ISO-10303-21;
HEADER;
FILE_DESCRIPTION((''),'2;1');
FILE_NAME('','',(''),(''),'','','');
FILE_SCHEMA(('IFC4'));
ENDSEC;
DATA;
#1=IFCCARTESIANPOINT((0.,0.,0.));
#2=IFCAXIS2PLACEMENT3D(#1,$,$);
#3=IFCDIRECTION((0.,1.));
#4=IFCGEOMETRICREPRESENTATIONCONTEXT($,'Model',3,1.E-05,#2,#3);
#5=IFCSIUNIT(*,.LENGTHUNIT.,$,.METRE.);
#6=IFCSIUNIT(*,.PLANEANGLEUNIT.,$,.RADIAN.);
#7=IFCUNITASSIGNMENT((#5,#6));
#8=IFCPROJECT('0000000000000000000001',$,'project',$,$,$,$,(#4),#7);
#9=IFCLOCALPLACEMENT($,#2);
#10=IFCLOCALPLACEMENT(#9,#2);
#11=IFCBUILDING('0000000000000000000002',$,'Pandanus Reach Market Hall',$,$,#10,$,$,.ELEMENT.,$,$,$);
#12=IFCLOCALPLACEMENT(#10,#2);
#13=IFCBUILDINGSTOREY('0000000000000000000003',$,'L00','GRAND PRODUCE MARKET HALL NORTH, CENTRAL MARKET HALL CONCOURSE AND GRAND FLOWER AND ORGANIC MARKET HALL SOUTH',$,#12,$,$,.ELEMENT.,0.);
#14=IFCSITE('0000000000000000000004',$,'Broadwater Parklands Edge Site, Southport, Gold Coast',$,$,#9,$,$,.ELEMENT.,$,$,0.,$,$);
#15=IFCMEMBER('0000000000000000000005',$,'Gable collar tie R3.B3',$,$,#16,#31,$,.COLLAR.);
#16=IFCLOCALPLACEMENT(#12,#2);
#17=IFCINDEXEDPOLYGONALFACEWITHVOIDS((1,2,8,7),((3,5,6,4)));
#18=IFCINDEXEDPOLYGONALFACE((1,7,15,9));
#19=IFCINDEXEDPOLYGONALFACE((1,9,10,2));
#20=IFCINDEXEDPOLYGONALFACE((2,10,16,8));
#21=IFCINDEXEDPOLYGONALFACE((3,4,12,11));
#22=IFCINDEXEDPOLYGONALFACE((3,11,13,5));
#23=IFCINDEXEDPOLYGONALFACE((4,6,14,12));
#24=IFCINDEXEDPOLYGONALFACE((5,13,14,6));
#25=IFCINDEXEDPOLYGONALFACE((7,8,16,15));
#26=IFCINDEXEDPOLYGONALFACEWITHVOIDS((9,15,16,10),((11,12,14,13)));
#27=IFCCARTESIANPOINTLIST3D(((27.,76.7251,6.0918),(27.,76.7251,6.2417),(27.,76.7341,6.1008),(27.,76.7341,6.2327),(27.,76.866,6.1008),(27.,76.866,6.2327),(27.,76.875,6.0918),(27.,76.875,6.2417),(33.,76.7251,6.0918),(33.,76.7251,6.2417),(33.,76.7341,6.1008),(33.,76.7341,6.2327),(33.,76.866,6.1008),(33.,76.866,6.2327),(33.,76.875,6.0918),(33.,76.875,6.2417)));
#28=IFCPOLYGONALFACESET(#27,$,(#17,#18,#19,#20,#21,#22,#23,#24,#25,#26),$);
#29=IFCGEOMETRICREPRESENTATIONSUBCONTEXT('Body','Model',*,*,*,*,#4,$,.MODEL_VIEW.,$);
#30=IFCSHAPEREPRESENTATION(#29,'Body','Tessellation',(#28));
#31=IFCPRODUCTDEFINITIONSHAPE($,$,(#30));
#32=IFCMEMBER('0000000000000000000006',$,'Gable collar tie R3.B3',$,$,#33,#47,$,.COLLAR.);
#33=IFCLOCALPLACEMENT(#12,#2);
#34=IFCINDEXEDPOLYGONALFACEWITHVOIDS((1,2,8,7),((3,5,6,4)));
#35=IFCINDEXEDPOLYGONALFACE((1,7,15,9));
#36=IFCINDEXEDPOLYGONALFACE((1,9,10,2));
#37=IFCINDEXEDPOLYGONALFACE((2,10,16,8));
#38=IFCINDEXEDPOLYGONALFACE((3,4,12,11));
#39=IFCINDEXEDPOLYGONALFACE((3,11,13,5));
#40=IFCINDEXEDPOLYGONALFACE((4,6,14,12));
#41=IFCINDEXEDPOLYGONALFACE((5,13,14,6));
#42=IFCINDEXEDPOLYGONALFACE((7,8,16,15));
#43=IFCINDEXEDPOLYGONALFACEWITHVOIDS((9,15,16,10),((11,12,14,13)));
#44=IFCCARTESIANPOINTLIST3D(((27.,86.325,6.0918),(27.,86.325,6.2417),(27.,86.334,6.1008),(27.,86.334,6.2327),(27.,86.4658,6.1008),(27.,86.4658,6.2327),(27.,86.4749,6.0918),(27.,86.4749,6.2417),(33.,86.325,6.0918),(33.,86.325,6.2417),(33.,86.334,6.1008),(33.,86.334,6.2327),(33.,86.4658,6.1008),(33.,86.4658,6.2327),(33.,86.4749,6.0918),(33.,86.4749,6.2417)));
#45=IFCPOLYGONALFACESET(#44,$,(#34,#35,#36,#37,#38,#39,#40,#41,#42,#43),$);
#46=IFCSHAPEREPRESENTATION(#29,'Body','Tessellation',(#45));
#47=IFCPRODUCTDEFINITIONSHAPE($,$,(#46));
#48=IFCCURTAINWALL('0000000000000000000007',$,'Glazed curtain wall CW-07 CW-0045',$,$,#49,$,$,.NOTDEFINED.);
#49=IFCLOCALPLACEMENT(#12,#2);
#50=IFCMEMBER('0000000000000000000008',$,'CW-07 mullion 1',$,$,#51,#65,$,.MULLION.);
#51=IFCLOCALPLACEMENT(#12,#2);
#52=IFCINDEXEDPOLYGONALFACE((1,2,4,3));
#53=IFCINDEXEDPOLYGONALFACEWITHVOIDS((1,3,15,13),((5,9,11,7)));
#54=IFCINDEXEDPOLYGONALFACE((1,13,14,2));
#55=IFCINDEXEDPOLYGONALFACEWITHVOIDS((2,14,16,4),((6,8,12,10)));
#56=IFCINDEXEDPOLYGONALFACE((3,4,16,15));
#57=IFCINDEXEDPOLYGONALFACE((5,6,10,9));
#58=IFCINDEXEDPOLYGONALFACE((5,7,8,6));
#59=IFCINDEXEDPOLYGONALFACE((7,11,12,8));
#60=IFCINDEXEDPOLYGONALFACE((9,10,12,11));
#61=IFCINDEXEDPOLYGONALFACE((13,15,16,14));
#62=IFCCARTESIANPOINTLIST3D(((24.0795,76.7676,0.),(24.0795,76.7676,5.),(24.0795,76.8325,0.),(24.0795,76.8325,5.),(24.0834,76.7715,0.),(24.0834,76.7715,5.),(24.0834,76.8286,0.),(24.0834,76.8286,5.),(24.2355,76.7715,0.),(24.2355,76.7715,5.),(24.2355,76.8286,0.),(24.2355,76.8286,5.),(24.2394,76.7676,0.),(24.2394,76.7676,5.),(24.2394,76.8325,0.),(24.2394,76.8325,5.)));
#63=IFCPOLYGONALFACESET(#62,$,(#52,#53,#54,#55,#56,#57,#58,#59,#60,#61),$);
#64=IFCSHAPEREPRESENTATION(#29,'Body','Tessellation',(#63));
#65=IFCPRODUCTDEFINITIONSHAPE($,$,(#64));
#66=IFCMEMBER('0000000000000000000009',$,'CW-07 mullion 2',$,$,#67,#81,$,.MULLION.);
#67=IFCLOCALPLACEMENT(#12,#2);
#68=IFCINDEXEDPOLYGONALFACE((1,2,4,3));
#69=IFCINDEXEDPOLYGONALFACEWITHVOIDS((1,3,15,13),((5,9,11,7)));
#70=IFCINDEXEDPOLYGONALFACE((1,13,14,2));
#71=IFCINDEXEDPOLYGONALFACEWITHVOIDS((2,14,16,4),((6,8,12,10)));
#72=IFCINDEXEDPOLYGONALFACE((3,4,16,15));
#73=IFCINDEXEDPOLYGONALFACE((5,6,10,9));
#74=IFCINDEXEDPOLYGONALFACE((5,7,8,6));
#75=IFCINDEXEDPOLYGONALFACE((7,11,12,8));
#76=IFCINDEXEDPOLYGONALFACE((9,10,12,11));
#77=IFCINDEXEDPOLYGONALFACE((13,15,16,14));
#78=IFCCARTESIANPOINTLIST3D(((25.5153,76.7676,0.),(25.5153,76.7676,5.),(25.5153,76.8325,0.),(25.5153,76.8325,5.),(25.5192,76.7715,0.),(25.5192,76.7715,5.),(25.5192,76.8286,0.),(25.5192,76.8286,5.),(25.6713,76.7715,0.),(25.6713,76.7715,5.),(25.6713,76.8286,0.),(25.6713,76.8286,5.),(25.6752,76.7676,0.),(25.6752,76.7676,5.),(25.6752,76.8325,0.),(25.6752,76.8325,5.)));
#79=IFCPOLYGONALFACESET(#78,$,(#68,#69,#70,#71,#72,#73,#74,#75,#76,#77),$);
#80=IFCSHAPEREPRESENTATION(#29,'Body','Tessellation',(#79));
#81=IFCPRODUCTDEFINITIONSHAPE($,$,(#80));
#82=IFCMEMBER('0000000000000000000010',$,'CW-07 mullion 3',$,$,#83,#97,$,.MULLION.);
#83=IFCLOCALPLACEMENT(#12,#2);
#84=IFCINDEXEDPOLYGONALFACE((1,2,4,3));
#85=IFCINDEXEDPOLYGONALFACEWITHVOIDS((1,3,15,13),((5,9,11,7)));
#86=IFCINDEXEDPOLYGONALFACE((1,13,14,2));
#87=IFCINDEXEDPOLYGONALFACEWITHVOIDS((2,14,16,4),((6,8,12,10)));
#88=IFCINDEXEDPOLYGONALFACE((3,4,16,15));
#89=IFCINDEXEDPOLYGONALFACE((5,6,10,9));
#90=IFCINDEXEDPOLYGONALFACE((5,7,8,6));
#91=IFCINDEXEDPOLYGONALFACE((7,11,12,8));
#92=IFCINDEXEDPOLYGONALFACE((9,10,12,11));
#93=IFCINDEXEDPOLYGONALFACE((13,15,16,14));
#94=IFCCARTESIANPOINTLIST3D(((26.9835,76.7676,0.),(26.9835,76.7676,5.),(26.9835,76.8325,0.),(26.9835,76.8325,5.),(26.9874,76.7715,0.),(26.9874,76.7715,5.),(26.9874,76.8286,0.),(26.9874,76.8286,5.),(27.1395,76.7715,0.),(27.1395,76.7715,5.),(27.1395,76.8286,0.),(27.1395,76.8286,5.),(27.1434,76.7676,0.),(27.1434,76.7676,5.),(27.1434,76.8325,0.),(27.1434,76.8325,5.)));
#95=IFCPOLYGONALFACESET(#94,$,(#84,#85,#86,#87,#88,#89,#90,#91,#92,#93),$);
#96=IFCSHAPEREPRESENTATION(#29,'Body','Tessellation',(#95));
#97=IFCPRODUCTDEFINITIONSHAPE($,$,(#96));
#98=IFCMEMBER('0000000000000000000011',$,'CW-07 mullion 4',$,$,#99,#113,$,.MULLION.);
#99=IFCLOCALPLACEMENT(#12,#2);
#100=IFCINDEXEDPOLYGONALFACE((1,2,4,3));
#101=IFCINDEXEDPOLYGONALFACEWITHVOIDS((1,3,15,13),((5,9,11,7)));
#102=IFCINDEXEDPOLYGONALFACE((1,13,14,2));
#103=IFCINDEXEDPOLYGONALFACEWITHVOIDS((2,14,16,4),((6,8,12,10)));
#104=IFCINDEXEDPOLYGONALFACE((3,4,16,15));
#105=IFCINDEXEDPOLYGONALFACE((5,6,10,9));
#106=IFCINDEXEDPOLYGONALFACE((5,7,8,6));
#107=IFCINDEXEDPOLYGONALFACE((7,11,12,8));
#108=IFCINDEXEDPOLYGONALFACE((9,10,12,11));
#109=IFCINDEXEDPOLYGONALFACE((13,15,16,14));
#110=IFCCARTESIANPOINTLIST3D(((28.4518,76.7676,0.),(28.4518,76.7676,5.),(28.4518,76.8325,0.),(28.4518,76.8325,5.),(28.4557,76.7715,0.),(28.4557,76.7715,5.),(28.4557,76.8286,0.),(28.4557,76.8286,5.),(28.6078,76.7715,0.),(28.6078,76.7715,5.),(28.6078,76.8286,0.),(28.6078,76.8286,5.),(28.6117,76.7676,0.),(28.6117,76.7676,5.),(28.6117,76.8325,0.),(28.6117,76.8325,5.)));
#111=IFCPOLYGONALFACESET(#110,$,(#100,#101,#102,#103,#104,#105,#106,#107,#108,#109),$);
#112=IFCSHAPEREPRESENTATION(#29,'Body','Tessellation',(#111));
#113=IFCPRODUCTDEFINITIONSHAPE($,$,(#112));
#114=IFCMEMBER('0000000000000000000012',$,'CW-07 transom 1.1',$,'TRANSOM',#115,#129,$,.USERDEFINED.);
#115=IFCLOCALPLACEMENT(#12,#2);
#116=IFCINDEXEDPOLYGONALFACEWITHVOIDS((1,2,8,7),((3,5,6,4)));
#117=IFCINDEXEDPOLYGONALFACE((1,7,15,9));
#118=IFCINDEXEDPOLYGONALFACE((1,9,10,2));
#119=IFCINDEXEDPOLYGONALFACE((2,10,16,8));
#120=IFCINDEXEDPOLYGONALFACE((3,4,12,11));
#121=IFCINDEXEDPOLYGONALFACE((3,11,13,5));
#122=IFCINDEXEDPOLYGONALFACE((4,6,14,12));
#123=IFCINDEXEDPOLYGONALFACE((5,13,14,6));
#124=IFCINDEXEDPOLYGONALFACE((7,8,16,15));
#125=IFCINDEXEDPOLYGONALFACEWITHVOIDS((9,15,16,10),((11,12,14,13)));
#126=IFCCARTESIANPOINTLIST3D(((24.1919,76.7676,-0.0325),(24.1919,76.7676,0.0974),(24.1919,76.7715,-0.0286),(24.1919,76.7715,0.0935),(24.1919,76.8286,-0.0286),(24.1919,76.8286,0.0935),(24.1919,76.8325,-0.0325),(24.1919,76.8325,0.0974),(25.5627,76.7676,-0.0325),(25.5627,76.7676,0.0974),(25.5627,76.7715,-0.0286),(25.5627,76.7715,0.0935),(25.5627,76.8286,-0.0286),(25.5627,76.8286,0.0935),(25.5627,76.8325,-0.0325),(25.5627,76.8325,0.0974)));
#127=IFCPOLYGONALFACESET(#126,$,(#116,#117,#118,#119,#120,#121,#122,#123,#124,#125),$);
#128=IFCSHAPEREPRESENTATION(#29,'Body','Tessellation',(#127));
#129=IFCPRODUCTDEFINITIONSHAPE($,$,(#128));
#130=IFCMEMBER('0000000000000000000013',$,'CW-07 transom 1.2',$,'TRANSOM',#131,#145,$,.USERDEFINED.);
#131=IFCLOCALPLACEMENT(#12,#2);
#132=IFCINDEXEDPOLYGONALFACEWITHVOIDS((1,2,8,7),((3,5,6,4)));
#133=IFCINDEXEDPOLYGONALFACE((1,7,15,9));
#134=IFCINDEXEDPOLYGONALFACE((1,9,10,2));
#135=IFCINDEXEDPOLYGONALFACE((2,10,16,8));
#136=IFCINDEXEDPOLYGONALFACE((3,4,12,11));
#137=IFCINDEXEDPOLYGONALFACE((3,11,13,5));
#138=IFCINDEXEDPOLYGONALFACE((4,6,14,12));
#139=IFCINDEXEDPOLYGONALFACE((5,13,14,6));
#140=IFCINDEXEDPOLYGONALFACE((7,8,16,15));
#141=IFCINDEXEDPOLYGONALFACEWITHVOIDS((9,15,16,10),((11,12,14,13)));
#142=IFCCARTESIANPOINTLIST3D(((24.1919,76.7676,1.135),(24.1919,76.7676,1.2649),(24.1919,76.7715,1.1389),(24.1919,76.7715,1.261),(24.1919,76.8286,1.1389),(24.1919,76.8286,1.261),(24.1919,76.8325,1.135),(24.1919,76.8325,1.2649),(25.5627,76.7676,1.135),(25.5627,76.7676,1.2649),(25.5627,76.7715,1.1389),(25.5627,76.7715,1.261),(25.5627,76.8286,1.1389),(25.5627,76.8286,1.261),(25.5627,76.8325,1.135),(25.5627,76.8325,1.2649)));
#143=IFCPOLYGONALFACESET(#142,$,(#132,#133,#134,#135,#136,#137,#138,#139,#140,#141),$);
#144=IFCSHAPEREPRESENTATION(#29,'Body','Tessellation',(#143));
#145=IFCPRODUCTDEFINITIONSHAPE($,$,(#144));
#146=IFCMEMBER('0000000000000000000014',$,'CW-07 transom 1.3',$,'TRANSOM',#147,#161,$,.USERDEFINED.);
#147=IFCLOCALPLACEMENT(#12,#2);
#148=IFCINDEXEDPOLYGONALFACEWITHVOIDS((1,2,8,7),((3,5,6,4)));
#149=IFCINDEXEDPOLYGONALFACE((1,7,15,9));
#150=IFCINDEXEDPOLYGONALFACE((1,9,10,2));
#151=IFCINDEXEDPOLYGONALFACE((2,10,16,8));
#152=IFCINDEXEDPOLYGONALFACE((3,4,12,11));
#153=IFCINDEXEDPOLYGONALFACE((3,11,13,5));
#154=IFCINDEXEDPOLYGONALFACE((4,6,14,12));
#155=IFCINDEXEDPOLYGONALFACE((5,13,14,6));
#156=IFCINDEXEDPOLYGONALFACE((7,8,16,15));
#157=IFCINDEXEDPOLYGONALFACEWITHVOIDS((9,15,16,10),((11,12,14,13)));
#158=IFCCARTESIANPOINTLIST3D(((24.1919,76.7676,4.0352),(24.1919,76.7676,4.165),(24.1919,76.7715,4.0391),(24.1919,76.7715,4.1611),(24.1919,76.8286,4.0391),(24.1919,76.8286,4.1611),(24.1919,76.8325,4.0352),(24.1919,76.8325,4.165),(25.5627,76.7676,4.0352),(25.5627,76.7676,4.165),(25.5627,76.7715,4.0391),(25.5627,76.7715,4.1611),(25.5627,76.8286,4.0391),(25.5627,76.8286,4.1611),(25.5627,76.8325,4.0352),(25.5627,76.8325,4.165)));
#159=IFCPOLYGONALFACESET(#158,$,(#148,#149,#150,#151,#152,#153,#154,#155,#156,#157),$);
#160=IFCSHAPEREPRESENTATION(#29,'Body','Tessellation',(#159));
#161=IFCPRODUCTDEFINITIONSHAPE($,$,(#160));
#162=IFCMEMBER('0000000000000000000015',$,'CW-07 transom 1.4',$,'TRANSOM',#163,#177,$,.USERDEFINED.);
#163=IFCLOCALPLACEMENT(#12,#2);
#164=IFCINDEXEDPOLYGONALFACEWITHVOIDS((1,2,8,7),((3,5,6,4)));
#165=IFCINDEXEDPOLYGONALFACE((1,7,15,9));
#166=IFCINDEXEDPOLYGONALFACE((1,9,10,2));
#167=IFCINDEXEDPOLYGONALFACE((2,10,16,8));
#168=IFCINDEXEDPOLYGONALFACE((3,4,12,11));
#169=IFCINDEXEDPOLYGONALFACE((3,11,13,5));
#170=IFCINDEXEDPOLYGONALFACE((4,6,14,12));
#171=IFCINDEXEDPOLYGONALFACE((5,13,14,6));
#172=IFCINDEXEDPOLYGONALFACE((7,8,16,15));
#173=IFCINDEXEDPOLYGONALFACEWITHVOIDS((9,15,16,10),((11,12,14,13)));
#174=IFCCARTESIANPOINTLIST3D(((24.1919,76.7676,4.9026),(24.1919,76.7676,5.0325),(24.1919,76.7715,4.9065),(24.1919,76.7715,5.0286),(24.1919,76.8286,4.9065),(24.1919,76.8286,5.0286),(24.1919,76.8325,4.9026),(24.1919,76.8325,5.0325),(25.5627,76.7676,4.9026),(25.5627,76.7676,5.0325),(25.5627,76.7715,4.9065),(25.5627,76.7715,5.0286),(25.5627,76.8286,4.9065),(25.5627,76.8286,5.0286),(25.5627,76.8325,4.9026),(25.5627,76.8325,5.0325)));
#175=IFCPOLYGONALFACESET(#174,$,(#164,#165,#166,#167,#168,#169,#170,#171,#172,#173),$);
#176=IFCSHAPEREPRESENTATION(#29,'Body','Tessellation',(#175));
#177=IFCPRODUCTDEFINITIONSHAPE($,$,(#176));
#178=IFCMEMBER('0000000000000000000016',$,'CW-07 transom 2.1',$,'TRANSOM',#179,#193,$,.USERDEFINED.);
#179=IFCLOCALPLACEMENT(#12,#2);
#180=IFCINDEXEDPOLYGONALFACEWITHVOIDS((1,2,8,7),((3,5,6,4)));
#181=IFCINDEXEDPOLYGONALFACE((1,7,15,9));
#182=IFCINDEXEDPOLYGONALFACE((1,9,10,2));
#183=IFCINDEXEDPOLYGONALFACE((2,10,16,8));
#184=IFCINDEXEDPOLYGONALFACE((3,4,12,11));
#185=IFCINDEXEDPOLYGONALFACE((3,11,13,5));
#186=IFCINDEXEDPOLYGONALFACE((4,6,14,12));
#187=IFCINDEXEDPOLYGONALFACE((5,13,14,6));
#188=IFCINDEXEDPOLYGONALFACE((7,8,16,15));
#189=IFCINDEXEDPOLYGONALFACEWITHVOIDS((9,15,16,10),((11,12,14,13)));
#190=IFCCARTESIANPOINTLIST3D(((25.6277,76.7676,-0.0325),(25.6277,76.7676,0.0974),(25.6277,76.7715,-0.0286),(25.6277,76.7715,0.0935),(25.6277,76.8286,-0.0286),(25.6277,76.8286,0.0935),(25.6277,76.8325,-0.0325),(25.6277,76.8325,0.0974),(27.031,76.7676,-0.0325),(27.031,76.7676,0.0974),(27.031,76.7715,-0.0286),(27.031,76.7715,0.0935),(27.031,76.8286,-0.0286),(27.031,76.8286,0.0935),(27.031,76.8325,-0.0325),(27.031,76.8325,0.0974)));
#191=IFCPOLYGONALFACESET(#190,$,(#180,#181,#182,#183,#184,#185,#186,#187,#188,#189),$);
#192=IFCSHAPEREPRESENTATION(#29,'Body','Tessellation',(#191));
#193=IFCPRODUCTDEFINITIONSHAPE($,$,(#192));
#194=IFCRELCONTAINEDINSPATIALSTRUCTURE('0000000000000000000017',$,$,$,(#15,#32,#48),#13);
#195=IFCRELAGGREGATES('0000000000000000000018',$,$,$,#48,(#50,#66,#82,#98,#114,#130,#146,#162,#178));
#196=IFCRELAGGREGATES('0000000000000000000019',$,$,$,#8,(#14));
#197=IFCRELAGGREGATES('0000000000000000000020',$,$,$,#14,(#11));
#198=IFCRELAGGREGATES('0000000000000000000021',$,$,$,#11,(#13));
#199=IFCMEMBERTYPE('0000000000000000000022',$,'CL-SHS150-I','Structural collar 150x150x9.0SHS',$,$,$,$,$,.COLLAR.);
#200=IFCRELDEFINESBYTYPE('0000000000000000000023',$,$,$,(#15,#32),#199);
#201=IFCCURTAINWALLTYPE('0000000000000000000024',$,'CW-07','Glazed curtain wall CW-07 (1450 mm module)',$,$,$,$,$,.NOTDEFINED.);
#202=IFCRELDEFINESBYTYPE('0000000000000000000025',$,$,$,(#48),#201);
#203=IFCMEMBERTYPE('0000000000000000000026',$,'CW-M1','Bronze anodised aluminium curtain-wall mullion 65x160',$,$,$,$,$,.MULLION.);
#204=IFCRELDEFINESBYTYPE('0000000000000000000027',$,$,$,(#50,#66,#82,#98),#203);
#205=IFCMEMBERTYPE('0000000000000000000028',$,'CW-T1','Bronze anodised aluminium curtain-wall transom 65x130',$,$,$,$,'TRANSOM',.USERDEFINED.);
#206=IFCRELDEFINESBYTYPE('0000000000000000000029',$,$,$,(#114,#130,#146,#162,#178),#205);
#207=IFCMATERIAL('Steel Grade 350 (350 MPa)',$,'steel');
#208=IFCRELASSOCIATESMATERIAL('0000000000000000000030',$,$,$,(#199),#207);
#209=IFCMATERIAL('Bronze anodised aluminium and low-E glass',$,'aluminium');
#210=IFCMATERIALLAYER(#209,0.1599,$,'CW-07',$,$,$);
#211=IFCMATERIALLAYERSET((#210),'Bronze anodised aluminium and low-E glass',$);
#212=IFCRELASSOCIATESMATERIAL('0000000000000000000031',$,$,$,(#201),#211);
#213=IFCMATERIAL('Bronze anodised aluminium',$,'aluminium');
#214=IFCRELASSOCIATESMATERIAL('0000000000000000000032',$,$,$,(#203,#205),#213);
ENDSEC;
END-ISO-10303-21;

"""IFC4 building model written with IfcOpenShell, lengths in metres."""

from ifc_helpers import new_model, si_unit, direction, frame, origin, origin_2d, place, context, subcontext, project, spatial, hollow_rectangle, extrude, material, layer, layer_set, material_profile, profile_set, type_object, element, aggregate, save


model = new_model("IFC4")

# Units and contexts
model_context = context("Model", 3, precision=1e-05, world=origin(), true_north=direction((0.0, 1.0)))
body_context = subcontext(model_context, "Body", "Model", "MODEL_VIEW")
ifc_project = project(units=[si_unit("LENGTHUNIT", "METRE"), si_unit("PLANEANGLEUNIT", "RADIAN")], contexts=[model_context])

# Site, building, storey
site_placement = place(None, origin())
site = spatial("IfcSite", under=ifc_project, at=site_placement, Name="Broadwater Parklands Edge Site, Southport, Gold Coast", CompositionType="ELEMENT", RefElevation=0.0)
building_placement = place(site_placement, origin())
building = spatial("IfcBuilding", under=site, at=building_placement, Name="Pandanus Reach Market Hall", CompositionType="ELEMENT")
storey_placement = place(building_placement, origin())
storey = spatial("IfcBuildingStorey", under=building, at=storey_placement, Name="L00", Description="GRAND PRODUCE MARKET HALL NORTH, CENTRAL MARKET HALL CONCOURSE AND GRAND FLOWER AND ORGANIC MARKET HALL SOUTH", CompositionType="ELEMENT", Elevation=0.0)

# Members
ifc_material_1 = material(Name="Steel Grade 350 (350 MPa)", Category="steel")
ifc_material_profile_1 = material_profile(ifc_material_1, hollow_rectangle(XDim=0.1499, YDim=0.1499, WallThickness=0.009, at=origin_2d()), Name="150x150x9.0SHS", Category="LoadBearing")
ifc_profile_set_1 = profile_set([ifc_material_profile_1], Name="Steel Grade 350 (350 MPa)")
member_type_1 = type_object("IfcMemberType", Name="CL-SHS150-I", Description="Structural collar 150x150x9.0SHS", PredefinedType="COLLAR", material=ifc_profile_set_1)
for number, where, z_axis, x_axis, name in (
    (1, (27.0, 76.8, 6.1667), (1.0, 0.0, 0.0), (0.0, 1.0, 0.0), "Gable collar tie R3.B3"),
    (2, (27.0, 86.3999, 6.1667), (1.0, 0.0, 0.0), (0.0, 1.0, 0.0), "Gable collar tie R3.B3"),
):
    element("IfcMember", number, at=place(storey_placement, frame(where, z_axis=z_axis, x_axis=x_axis)), inside=storey, type_object=member_type_1, Name=name, PredefinedType="COLLAR", context=body_context, shape_type="SweptSolid", body=[
        extrude(hollow_rectangle(XDim=0.1499, YDim=0.1499, WallThickness=0.009, at=origin_2d()), origin(), (0.0, 0.0, 1.0), 6.0),
    ])

# Curtain wall, members
ifc_material_2 = material(Name="Bronze anodised aluminium and low-E glass", Category="aluminium")
ifc_layer_1 = layer(ifc_material_2, 0.1599, Name="CW-07")
ifc_layer_set_1 = layer_set([ifc_layer_1], Name="Bronze anodised aluminium and low-E glass")
curtain_wall_type = type_object("IfcCurtainWallType", Name="CW-07", Description="Glazed curtain wall CW-07 (1450 mm module)", PredefinedType="NOTDEFINED", material=ifc_layer_set_1)
curtain_wall_placement = place(storey_placement, origin())
curtain_wall = element("IfcCurtainWall", 3, at=curtain_wall_placement, inside=storey, type_object=curtain_wall_type, Name="Glazed curtain wall CW-07 CW-0045", PredefinedType="NOTDEFINED")
ifc_material_3 = material(Name="Bronze anodised aluminium", Category="aluminium")
ifc_material_profile_2 = material_profile(ifc_material_3, hollow_rectangle(XDim=0.0649, YDim=0.1599, WallThickness=0.0039, at=origin_2d()), Name="ALU65x160", Category="LoadBearing")
ifc_profile_set_2 = profile_set([ifc_material_profile_2], Name="Bronze anodised aluminium")
member_type_2 = type_object("IfcMemberType", Name="CW-M1", Description="Bronze anodised aluminium curtain-wall mullion 65x160", PredefinedType="MULLION", material=ifc_profile_set_2)
member_1_placement = place(storey_placement, frame((24.1594, 76.8, 0.0), z_axis=(0.0, 0.0, 1.0), x_axis=(0.0, 1.0, 0.0)))
member_1 = element("IfcMember", 4, at=member_1_placement, type_object=member_type_2, Name="CW-07 mullion 1", PredefinedType="MULLION", context=body_context, shape_type="SweptSolid", body=[
    extrude(hollow_rectangle(XDim=0.0649, YDim=0.1599, WallThickness=0.0039, at=origin_2d()), origin(), (0.0, 0.0, 1.0), 5.0),
])
member_2_placement = place(storey_placement, frame((25.5952, 76.8, 0.0), z_axis=(0.0, 0.0, 1.0), x_axis=(0.0, 1.0, 0.0)))
member_2 = element("IfcMember", 5, at=member_2_placement, type_object=member_type_2, Name="CW-07 mullion 2", PredefinedType="MULLION", context=body_context, shape_type="SweptSolid", body=[
    extrude(hollow_rectangle(XDim=0.0649, YDim=0.1599, WallThickness=0.0039, at=origin_2d()), origin(), (0.0, 0.0, 1.0), 5.0),
])
member_3_placement = place(storey_placement, frame((27.0635, 76.8, 0.0), z_axis=(0.0, 0.0, 1.0), x_axis=(0.0, 1.0, 0.0)))
member_3 = element("IfcMember", 6, at=member_3_placement, type_object=member_type_2, Name="CW-07 mullion 3", PredefinedType="MULLION", context=body_context, shape_type="SweptSolid", body=[
    extrude(hollow_rectangle(XDim=0.0649, YDim=0.1599, WallThickness=0.0039, at=origin_2d()), origin(), (0.0, 0.0, 1.0), 5.0),
])
member_4_placement = place(storey_placement, frame((28.5317, 76.8, 0.0), z_axis=(0.0, 0.0, 1.0), x_axis=(0.0, 1.0, 0.0)))
member_4 = element("IfcMember", 7, at=member_4_placement, type_object=member_type_2, Name="CW-07 mullion 4", PredefinedType="MULLION", context=body_context, shape_type="SweptSolid", body=[
    extrude(hollow_rectangle(XDim=0.0649, YDim=0.1599, WallThickness=0.0039, at=origin_2d()), origin(), (0.0, 0.0, 1.0), 5.0),
])
ifc_material_profile_3 = material_profile(ifc_material_3, hollow_rectangle(XDim=0.0649, YDim=0.1299, WallThickness=0.0039, at=origin_2d()), Name="ALU65x130", Category="LoadBearing")
ifc_profile_set_3 = profile_set([ifc_material_profile_3], Name="Bronze anodised aluminium")
member_type_3 = type_object("IfcMemberType", Name="CW-T1", Description="Bronze anodised aluminium curtain-wall transom 65x130", ElementType="TRANSOM", PredefinedType="USERDEFINED", material=ifc_profile_set_3)
member_5_placement = place(storey_placement, frame((24.1919, 76.8, 0.0325), z_axis=(1.0, 0.0, 0.0), x_axis=(0.0, 1.0, 0.0)))
member_5 = element("IfcMember", 8, at=member_5_placement, type_object=member_type_3, Name="CW-07 transom 1.1", ObjectType="TRANSOM", PredefinedType="USERDEFINED", context=body_context, shape_type="SweptSolid", body=[
    extrude(hollow_rectangle(XDim=0.0649, YDim=0.1299, WallThickness=0.0039, at=origin_2d()), origin(), (0.0, 0.0, 1.0), 1.3708),
])
member_6_placement = place(storey_placement, frame((24.1919, 76.8, 1.2), z_axis=(1.0, 0.0, 0.0), x_axis=(0.0, 1.0, 0.0)))
member_6 = element("IfcMember", 9, at=member_6_placement, type_object=member_type_3, Name="CW-07 transom 1.2", ObjectType="TRANSOM", PredefinedType="USERDEFINED", context=body_context, shape_type="SweptSolid", body=[
    extrude(hollow_rectangle(XDim=0.0649, YDim=0.1299, WallThickness=0.0039, at=origin_2d()), origin(), (0.0, 0.0, 1.0), 1.3708),
])
member_7_placement = place(storey_placement, frame((24.1919, 76.8, 4.1001), z_axis=(1.0, 0.0, 0.0), x_axis=(0.0, 1.0, 0.0)))
member_7 = element("IfcMember", 10, at=member_7_placement, type_object=member_type_3, Name="CW-07 transom 1.3", ObjectType="TRANSOM", PredefinedType="USERDEFINED", context=body_context, shape_type="SweptSolid", body=[
    extrude(hollow_rectangle(XDim=0.0649, YDim=0.1299, WallThickness=0.0039, at=origin_2d()), origin(), (0.0, 0.0, 1.0), 1.3708),
])
member_8_placement = place(storey_placement, frame((24.1919, 76.8, 4.9675), z_axis=(1.0, 0.0, 0.0), x_axis=(0.0, 1.0, 0.0)))
member_8 = element("IfcMember", 11, at=member_8_placement, type_object=member_type_3, Name="CW-07 transom 1.4", ObjectType="TRANSOM", PredefinedType="USERDEFINED", context=body_context, shape_type="SweptSolid", body=[
    extrude(hollow_rectangle(XDim=0.0649, YDim=0.1299, WallThickness=0.0039, at=origin_2d()), origin(), (0.0, 0.0, 1.0), 1.3708),
])
member_9_placement = place(storey_placement, frame((25.6277, 76.8, 0.0325), z_axis=(1.0, 0.0, 0.0), x_axis=(0.0, 1.0, 0.0)))
member_9 = element("IfcMember", 12, at=member_9_placement, type_object=member_type_3, Name="CW-07 transom 2.1", ObjectType="TRANSOM", PredefinedType="USERDEFINED", context=body_context, shape_type="SweptSolid", body=[
    extrude(hollow_rectangle(XDim=0.0649, YDim=0.1299, WallThickness=0.0039, at=origin_2d()), origin(), (0.0, 0.0, 1.0), 1.4033),
])

aggregate(curtain_wall, [member_1, member_2, member_3, member_4, member_5, member_6, member_7, member_8, member_9])

save(model, "model.ifc")
